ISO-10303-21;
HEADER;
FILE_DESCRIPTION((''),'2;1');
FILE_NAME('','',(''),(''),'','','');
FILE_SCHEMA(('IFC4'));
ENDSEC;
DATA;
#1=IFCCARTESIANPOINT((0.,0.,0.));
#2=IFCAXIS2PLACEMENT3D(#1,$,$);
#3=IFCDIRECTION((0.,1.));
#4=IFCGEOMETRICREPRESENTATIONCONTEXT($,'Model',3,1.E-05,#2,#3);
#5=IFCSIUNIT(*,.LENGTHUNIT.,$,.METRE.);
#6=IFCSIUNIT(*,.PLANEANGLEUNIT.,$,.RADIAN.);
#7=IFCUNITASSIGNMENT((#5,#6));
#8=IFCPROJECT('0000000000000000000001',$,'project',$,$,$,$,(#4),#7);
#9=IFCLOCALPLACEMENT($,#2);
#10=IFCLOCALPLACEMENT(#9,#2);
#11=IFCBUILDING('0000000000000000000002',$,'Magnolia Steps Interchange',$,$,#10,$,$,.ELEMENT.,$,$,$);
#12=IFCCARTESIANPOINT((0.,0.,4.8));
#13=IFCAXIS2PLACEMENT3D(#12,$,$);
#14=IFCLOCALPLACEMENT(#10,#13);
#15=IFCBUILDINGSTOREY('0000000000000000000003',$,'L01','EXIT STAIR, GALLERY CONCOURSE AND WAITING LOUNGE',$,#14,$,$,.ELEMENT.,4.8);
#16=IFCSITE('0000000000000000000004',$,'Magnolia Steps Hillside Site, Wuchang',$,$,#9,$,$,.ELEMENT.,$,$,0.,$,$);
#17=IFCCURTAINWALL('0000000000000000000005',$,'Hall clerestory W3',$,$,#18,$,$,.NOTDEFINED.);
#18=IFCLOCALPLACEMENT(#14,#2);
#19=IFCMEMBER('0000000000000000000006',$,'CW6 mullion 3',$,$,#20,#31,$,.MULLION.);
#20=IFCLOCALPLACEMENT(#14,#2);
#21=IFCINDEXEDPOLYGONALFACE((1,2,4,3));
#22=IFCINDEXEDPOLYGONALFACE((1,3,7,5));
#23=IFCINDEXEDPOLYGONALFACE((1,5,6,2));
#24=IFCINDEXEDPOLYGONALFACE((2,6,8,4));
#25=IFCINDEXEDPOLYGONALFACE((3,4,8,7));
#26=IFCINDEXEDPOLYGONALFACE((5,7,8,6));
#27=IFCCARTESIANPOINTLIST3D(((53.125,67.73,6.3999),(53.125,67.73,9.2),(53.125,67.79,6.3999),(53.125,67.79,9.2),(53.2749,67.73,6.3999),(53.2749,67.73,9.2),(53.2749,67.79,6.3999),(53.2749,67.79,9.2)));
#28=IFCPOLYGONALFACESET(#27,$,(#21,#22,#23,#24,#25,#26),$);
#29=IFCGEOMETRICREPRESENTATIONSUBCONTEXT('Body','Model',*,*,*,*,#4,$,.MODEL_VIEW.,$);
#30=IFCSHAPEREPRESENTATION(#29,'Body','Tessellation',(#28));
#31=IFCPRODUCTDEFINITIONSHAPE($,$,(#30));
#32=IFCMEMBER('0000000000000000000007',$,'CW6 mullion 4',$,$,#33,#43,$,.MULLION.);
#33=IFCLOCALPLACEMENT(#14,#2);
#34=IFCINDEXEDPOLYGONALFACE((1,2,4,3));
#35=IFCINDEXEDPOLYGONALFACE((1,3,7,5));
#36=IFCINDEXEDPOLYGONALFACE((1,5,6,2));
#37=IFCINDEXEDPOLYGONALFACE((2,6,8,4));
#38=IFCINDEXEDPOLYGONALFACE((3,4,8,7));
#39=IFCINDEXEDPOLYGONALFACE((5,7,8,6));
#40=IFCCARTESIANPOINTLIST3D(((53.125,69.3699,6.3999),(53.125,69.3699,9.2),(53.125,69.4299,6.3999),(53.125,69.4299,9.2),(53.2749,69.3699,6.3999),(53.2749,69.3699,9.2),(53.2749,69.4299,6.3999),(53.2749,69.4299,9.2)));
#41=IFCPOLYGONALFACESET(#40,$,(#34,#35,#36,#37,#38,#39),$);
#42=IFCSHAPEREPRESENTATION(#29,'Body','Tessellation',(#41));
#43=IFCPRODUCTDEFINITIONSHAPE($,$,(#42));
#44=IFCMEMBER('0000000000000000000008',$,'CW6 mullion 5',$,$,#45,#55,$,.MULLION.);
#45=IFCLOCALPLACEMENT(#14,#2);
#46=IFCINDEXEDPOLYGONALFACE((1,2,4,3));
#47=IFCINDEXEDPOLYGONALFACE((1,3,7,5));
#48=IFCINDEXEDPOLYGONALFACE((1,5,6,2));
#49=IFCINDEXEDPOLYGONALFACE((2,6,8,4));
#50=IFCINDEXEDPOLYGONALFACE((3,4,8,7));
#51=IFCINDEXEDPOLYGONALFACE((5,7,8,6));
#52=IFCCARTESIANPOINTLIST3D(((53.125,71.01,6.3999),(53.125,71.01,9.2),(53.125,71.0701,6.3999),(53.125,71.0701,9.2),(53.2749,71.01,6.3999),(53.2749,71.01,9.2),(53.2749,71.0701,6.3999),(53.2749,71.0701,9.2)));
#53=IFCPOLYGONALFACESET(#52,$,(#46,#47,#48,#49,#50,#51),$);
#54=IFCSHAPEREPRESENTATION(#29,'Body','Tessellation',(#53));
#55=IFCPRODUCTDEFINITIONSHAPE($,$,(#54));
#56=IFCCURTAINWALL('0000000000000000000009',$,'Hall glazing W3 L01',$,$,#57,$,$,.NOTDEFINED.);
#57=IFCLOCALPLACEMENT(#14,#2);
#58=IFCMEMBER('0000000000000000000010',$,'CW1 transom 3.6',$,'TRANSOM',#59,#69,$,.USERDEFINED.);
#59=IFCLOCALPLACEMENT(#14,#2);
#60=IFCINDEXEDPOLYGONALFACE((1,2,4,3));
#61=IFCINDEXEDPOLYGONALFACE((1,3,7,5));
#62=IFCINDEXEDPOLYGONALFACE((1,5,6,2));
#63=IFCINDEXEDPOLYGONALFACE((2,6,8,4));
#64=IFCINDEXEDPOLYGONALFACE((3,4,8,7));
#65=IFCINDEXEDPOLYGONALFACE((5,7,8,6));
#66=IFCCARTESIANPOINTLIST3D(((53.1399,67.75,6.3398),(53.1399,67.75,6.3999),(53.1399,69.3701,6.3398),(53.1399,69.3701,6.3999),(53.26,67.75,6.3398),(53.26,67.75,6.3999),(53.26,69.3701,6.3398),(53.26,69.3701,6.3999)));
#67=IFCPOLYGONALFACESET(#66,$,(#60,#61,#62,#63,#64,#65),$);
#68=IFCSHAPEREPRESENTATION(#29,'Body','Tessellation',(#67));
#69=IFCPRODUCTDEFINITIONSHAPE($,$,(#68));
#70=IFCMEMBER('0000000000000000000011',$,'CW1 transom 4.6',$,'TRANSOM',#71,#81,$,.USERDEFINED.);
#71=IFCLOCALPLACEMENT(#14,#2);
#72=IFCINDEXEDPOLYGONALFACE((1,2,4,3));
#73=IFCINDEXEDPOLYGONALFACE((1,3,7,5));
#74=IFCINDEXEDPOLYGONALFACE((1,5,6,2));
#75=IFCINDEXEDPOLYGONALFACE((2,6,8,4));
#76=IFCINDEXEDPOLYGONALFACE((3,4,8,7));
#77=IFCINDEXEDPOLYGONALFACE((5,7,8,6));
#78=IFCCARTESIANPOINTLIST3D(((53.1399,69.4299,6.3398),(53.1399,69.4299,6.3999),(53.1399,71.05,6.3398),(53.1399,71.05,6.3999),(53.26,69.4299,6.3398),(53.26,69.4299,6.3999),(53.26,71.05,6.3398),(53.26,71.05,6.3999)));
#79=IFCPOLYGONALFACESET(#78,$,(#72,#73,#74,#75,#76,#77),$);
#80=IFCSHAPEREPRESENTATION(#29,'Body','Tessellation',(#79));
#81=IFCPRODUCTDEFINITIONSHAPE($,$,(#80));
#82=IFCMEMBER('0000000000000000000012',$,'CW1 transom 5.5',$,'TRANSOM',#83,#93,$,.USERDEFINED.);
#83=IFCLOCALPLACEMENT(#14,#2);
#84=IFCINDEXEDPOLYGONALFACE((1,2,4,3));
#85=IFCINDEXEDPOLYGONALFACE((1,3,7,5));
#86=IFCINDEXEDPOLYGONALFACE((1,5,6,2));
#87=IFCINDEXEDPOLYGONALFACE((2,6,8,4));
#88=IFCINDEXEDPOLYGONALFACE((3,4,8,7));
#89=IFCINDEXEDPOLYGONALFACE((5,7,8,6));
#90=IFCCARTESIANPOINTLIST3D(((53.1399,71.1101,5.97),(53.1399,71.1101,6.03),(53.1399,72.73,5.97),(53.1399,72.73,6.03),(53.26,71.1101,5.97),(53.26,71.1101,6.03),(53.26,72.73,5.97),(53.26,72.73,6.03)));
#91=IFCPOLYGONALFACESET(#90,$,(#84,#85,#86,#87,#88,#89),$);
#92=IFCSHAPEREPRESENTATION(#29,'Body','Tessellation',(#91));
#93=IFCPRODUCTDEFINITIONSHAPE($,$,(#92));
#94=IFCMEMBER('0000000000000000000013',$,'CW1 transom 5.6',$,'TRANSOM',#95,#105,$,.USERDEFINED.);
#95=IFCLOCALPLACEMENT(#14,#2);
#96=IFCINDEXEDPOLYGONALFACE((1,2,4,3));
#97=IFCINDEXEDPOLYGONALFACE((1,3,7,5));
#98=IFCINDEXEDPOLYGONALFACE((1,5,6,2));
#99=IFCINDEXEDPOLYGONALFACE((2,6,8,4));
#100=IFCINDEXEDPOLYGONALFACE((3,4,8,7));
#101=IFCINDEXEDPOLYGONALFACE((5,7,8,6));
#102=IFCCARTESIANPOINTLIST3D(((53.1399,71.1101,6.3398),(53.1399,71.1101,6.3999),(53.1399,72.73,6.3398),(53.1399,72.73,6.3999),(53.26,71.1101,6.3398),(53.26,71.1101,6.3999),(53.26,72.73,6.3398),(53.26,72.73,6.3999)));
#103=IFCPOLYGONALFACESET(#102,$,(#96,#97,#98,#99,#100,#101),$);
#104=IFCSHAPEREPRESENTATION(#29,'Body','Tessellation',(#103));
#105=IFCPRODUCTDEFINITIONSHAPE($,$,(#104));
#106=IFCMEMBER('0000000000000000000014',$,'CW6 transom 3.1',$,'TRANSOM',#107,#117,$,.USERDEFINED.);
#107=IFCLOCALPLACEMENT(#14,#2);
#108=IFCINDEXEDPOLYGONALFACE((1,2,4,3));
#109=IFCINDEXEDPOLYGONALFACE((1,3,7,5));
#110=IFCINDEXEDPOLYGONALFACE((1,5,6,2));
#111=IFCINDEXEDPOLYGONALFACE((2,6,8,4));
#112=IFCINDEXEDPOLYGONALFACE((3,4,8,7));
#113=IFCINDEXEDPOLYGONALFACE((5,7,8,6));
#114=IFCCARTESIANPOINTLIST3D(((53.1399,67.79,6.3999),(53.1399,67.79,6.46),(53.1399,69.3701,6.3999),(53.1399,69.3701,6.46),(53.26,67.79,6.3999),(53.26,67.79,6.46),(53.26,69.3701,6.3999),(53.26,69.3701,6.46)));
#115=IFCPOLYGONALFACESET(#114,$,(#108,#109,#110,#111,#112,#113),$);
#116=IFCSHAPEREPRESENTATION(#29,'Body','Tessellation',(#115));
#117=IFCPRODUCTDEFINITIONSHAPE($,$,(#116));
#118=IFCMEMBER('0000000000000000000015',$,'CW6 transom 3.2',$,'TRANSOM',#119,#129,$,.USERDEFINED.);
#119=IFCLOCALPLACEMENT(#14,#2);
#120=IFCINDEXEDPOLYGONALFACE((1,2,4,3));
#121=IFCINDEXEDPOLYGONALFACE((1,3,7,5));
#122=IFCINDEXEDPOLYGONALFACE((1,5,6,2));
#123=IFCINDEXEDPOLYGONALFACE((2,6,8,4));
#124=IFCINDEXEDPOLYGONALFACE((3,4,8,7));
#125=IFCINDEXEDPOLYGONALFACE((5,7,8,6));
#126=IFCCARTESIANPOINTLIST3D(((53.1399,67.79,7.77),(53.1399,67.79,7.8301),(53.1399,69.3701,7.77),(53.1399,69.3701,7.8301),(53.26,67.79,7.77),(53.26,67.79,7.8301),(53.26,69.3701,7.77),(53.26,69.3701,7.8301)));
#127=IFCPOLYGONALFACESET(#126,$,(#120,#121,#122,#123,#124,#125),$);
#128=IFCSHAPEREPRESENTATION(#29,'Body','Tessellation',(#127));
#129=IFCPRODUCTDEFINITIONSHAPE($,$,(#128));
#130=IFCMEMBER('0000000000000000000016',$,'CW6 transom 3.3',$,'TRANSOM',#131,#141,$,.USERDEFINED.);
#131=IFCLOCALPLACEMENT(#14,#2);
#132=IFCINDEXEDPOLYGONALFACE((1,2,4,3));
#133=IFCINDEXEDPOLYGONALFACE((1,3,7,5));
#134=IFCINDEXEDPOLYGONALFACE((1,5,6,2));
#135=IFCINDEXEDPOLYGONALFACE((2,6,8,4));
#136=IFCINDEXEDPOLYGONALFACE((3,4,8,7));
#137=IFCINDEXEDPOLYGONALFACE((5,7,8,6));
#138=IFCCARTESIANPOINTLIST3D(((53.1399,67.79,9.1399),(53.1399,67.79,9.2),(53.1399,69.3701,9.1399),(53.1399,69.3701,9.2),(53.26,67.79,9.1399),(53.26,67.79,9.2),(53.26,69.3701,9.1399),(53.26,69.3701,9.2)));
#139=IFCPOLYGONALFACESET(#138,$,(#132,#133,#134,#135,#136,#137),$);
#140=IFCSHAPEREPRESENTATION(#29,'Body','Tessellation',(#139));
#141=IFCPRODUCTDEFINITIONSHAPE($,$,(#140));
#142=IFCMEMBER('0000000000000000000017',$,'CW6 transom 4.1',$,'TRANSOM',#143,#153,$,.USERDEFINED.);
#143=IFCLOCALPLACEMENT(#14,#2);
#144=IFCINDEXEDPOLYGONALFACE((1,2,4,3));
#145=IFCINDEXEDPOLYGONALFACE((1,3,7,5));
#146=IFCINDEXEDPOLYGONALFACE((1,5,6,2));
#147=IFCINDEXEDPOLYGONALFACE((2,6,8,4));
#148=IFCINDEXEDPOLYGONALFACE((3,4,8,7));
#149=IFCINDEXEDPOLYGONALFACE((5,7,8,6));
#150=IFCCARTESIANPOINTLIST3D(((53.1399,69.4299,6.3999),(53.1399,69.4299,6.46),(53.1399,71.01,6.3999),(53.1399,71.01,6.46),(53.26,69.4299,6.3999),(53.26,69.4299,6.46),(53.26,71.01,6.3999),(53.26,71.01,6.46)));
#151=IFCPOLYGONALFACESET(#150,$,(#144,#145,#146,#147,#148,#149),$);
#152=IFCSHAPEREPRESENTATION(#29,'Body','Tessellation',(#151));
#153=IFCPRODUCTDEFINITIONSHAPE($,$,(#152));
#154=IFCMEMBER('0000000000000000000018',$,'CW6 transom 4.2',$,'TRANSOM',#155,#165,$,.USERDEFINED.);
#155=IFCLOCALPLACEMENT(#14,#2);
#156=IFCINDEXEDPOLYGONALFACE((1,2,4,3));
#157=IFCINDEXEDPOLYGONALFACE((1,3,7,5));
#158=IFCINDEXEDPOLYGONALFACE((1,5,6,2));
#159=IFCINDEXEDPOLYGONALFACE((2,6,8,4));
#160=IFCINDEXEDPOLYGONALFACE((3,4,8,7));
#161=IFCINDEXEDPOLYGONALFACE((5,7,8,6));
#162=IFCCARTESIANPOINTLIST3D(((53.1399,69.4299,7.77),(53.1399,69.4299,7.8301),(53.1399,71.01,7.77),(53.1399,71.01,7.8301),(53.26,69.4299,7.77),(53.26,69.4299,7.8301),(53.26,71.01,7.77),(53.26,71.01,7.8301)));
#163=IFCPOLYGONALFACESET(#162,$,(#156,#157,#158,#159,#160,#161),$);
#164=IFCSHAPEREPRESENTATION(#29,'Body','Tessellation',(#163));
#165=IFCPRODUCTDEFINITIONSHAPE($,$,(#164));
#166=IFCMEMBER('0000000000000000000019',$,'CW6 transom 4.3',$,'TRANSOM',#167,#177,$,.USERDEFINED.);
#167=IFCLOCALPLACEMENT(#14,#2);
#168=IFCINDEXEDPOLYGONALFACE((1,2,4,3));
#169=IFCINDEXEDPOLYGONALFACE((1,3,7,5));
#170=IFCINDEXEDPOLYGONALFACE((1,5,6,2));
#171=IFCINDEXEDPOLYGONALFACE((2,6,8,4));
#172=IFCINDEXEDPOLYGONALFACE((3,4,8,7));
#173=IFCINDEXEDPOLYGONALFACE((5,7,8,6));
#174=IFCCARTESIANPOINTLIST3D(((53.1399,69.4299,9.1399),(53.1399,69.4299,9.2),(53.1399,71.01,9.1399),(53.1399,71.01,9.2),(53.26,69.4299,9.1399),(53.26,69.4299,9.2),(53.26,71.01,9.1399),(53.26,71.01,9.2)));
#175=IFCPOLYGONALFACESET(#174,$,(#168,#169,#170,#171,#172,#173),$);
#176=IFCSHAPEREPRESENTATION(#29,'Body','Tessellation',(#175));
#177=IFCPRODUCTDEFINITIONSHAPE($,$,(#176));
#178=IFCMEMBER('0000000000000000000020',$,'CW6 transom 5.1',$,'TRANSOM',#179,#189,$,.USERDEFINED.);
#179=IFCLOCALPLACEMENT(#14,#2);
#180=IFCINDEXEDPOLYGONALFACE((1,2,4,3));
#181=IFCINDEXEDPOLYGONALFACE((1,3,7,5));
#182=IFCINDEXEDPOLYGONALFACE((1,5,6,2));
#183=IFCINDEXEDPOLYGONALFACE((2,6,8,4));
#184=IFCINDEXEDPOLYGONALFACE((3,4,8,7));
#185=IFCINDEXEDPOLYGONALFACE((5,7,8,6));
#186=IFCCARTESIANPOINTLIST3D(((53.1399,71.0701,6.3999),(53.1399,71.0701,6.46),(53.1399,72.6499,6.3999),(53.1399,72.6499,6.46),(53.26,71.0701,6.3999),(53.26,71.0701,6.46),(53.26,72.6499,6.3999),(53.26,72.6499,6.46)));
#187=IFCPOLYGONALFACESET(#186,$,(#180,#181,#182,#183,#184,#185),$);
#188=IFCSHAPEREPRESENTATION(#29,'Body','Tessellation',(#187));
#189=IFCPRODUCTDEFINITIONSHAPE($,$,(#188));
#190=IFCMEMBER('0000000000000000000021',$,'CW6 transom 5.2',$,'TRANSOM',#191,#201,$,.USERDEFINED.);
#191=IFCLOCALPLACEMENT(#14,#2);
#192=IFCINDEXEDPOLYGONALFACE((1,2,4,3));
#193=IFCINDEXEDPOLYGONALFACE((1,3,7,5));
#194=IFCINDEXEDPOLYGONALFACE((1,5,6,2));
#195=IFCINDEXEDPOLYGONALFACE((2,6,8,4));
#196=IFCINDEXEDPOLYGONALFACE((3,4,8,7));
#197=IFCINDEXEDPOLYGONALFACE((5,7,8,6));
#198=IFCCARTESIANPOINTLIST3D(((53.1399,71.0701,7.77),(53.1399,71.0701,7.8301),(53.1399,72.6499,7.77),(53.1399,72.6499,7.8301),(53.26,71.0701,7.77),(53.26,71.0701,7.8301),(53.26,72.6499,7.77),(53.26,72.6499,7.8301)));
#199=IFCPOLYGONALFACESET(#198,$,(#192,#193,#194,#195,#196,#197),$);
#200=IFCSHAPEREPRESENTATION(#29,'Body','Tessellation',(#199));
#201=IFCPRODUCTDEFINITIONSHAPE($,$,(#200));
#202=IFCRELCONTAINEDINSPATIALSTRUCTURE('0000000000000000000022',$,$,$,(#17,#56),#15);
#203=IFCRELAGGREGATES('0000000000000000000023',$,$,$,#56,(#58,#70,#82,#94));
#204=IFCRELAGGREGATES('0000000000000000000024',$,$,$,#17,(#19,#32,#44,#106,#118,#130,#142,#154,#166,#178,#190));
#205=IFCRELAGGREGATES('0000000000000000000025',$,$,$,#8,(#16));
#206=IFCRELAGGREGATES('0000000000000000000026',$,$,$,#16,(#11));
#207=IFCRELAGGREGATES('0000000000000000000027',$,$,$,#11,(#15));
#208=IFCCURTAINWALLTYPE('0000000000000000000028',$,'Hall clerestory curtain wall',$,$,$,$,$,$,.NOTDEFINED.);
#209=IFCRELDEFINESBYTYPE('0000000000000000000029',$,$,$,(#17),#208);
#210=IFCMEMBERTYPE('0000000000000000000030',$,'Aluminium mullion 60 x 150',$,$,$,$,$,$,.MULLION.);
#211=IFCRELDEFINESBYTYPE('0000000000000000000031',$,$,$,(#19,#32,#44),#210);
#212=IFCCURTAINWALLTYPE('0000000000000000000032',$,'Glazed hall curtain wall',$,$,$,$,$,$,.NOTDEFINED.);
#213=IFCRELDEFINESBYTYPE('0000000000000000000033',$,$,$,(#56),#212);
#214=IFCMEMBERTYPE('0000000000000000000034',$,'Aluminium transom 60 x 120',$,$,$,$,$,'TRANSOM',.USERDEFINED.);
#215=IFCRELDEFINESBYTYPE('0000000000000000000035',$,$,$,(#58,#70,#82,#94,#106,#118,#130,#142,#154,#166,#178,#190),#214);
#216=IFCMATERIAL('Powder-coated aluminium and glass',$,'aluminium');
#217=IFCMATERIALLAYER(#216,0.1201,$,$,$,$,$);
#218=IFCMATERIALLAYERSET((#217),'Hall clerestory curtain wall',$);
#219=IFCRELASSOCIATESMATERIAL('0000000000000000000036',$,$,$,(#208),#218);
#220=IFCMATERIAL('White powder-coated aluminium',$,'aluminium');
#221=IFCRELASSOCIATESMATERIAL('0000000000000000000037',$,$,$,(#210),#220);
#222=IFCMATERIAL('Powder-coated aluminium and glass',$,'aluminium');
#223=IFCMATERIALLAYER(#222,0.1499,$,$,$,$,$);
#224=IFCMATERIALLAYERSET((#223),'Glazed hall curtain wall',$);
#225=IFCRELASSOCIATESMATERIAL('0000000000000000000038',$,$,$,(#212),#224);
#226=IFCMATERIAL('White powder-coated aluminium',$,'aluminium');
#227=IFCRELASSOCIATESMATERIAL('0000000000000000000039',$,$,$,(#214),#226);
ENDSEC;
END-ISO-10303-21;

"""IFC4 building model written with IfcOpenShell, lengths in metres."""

from ifc_helpers import new_model, si_unit, direction, frame, origin, origin_2d, place, context, subcontext, project, spatial, rectangle, extrude, material, layer, layer_set, material_profile, profile_set, type_object, element, aggregate, save


model = new_model("IFC4")

# Units and contexts
model_context = context("Model", 3, precision=1e-05, world=origin(), true_north=direction((0.0, 1.0)))
body_context = subcontext(model_context, "Body", "Model", "MODEL_VIEW")
ifc_project = project(units=[si_unit("LENGTHUNIT", "METRE"), si_unit("PLANEANGLEUNIT", "RADIAN")], contexts=[model_context])

# Site, building, storey
site_placement = place(None, origin())
site = spatial("IfcSite", under=ifc_project, at=site_placement, Name="Magnolia Steps Hillside Site, Wuchang", CompositionType="ELEMENT", RefElevation=0.0)
building_placement = place(site_placement, origin())
building = spatial("IfcBuilding", under=site, at=building_placement, Name="Magnolia Steps Interchange", CompositionType="ELEMENT")
storey_placement = place(building_placement, frame((0.0, 0.0, 4.8)))
storey = spatial("IfcBuildingStorey", under=building, at=storey_placement, Name="L01", Description="EXIT STAIR, GALLERY CONCOURSE AND WAITING LOUNGE", CompositionType="ELEMENT", Elevation=4.8)

# Curtain walls, members
ifc_material_1 = material(Name="Powder-coated aluminium and glass", Category="aluminium")
ifc_layer_1 = layer(ifc_material_1, 0.1201)
ifc_layer_set_1 = layer_set([ifc_layer_1], Name="Hall clerestory curtain wall")
curtain_wall_type_1 = type_object("IfcCurtainWallType", Name="Hall clerestory curtain wall", PredefinedType="NOTDEFINED", material=ifc_layer_set_1)
curtain_wall_1_placement = place(storey_placement, origin())
curtain_wall_1 = element("IfcCurtainWall", 1, at=curtain_wall_1_placement, inside=storey, type_object=curtain_wall_type_1, Name="Hall clerestory W3", PredefinedType="NOTDEFINED")
ifc_material_2 = material(Name="White powder-coated aluminium", Category="aluminium")
ifc_material_profile_1 = material_profile(ifc_material_2, rectangle(XDim=0.0601, YDim=0.1499, at=origin_2d()), Name="Aluminium mullion 60 x 150")
ifc_profile_set_1 = profile_set([ifc_material_profile_1], Name="White powder-coated aluminium")
member_type_1 = type_object("IfcMemberType", Name="Aluminium mullion 60 x 150", PredefinedType="MULLION", material=ifc_profile_set_1)
member_1_placement = place(storey_placement, frame((53.2, 67.76, 6.3999), z_axis=(0.0, 0.0, 1.0), x_axis=(0.0, 1.0, 0.0)))
member_1 = element("IfcMember", 2, at=member_1_placement, type_object=member_type_1, Name="CW6 mullion 3", PredefinedType="MULLION", context=body_context, shape_type="SweptSolid", body=[
    extrude(rectangle(XDim=0.0601, YDim=0.1499, at=origin_2d()), origin(), (0.0, 0.0, 1.0), 2.8),
])
member_2_placement = place(storey_placement, frame((53.2, 69.3999, 6.3999), z_axis=(0.0, 0.0, 1.0), x_axis=(0.0, 1.0, 0.0)))
member_2 = element("IfcMember", 3, at=member_2_placement, type_object=member_type_1, Name="CW6 mullion 4", PredefinedType="MULLION", context=body_context, shape_type="SweptSolid", body=[
    extrude(rectangle(XDim=0.0601, YDim=0.1499, at=origin_2d()), origin(), (0.0, 0.0, 1.0), 2.8),
])
member_3_placement = place(storey_placement, frame((53.2, 71.04, 6.3999), z_axis=(0.0, 0.0, 1.0), x_axis=(0.0, 1.0, 0.0)))
member_3 = element("IfcMember", 4, at=member_3_placement, type_object=member_type_1, Name="CW6 mullion 5", PredefinedType="MULLION", context=body_context, shape_type="SweptSolid", body=[
    extrude(rectangle(XDim=0.0601, YDim=0.1499, at=origin_2d()), origin(), (0.0, 0.0, 1.0), 2.8),
])
ifc_material_3 = material(Name="Powder-coated aluminium and glass", Category="aluminium")
ifc_layer_2 = layer(ifc_material_3, 0.1499)
ifc_layer_set_2 = layer_set([ifc_layer_2], Name="Glazed hall curtain wall")
curtain_wall_type_2 = type_object("IfcCurtainWallType", Name="Glazed hall curtain wall", PredefinedType="NOTDEFINED", material=ifc_layer_set_2)
curtain_wall_2_placement = place(storey_placement, origin())
curtain_wall_2 = element("IfcCurtainWall", 5, at=curtain_wall_2_placement, inside=storey, type_object=curtain_wall_type_2, Name="Hall glazing W3 L01", PredefinedType="NOTDEFINED")
ifc_material_4 = material(Name="White powder-coated aluminium", Category="aluminium")
ifc_material_profile_2 = material_profile(ifc_material_4, rectangle(XDim=0.0601, YDim=0.1201, at=origin_2d()), Name="Aluminium transom 60 x 120")
ifc_profile_set_2 = profile_set([ifc_material_profile_2], Name="White powder-coated aluminium")
member_type_2 = type_object("IfcMemberType", Name="Aluminium transom 60 x 120", ElementType="TRANSOM", PredefinedType="USERDEFINED", material=ifc_profile_set_2)
member_4_placement = place(storey_placement, frame((53.2, 67.75, 6.3699), z_axis=(0.0, 1.0, 0.0), x_axis=(0.0, 0.0, 1.0)))
member_4 = element("IfcMember", 6, at=member_4_placement, type_object=member_type_2, Name="CW1 transom 3.6", ObjectType="TRANSOM", PredefinedType="USERDEFINED", context=body_context, shape_type="SweptSolid", body=[
    extrude(rectangle(XDim=0.0601, YDim=0.1201, at=origin_2d()), origin(), (0.0, 0.0, 1.0), 1.6201),
])
member_5_placement = place(storey_placement, frame((53.2, 69.4299, 6.3699), z_axis=(0.0, 1.0, 0.0), x_axis=(0.0, 0.0, 1.0)))
member_5 = element("IfcMember", 7, at=member_5_placement, type_object=member_type_2, Name="CW1 transom 4.6", ObjectType="TRANSOM", PredefinedType="USERDEFINED", context=body_context, shape_type="SweptSolid", body=[
    extrude(rectangle(XDim=0.0601, YDim=0.1201, at=origin_2d()), origin(), (0.0, 0.0, 1.0), 1.6201),
])
member_6_placement = place(storey_placement, frame((53.2, 71.1101, 6.0), z_axis=(0.0, 1.0, 0.0), x_axis=(0.0, 0.0, 1.0)))
member_6 = element("IfcMember", 8, at=member_6_placement, type_object=member_type_2, Name="CW1 transom 5.5", ObjectType="TRANSOM", PredefinedType="USERDEFINED", context=body_context, shape_type="SweptSolid", body=[
    extrude(rectangle(XDim=0.0601, YDim=0.1201, at=origin_2d()), origin(), (0.0, 0.0, 1.0), 1.6199),
])
member_7_placement = place(storey_placement, frame((53.2, 71.1101, 6.3699), z_axis=(0.0, 1.0, 0.0), x_axis=(0.0, 0.0, 1.0)))
member_7 = element("IfcMember", 9, at=member_7_placement, type_object=member_type_2, Name="CW1 transom 5.6", ObjectType="TRANSOM", PredefinedType="USERDEFINED", context=body_context, shape_type="SweptSolid", body=[
    extrude(rectangle(XDim=0.0601, YDim=0.1201, at=origin_2d()), origin(), (0.0, 0.0, 1.0), 1.6199),
])

# Members
member_8_placement = place(storey_placement, frame((53.2, 67.79, 6.4299), z_axis=(0.0, 1.0, 0.0), x_axis=(0.0, 0.0, 1.0)))
member_8 = element("IfcMember", 10, at=member_8_placement, type_object=member_type_2, Name="CW6 transom 3.1", ObjectType="TRANSOM", PredefinedType="USERDEFINED", context=body_context, shape_type="SweptSolid", body=[
    extrude(rectangle(XDim=0.0601, YDim=0.1201, at=origin_2d()), origin(), (0.0, 0.0, 1.0), 1.5801),
])
member_9_placement = place(storey_placement, frame((53.2, 67.79, 7.8), z_axis=(0.0, 1.0, 0.0), x_axis=(0.0, 0.0, 1.0)))
member_9 = element("IfcMember", 11, at=member_9_placement, type_object=member_type_2, Name="CW6 transom 3.2", ObjectType="TRANSOM", PredefinedType="USERDEFINED", context=body_context, shape_type="SweptSolid", body=[
    extrude(rectangle(XDim=0.0601, YDim=0.1201, at=origin_2d()), origin(), (0.0, 0.0, 1.0), 1.5801),
])
member_10_placement = place(storey_placement, frame((53.2, 67.79, 9.1699), z_axis=(0.0, 1.0, 0.0), x_axis=(0.0, 0.0, 1.0)))
member_10 = element("IfcMember", 12, at=member_10_placement, type_object=member_type_2, Name="CW6 transom 3.3", ObjectType="TRANSOM", PredefinedType="USERDEFINED", context=body_context, shape_type="SweptSolid", body=[
    extrude(rectangle(XDim=0.0601, YDim=0.1201, at=origin_2d()), origin(), (0.0, 0.0, 1.0), 1.5801),
])
member_11_placement = place(storey_placement, frame((53.2, 69.4299, 6.4299), z_axis=(0.0, 1.0, 0.0), x_axis=(0.0, 0.0, 1.0)))
member_11 = element("IfcMember", 13, at=member_11_placement, type_object=member_type_2, Name="CW6 transom 4.1", ObjectType="TRANSOM", PredefinedType="USERDEFINED", context=body_context, shape_type="SweptSolid", body=[
    extrude(rectangle(XDim=0.0601, YDim=0.1201, at=origin_2d()), origin(), (0.0, 0.0, 1.0), 1.5801),
])
member_12_placement = place(storey_placement, frame((53.2, 69.4299, 7.8), z_axis=(0.0, 1.0, 0.0), x_axis=(0.0, 0.0, 1.0)))
member_12 = element("IfcMember", 14, at=member_12_placement, type_object=member_type_2, Name="CW6 transom 4.2", ObjectType="TRANSOM", PredefinedType="USERDEFINED", context=body_context, shape_type="SweptSolid", body=[
    extrude(rectangle(XDim=0.0601, YDim=0.1201, at=origin_2d()), origin(), (0.0, 0.0, 1.0), 1.5801),
])
member_13_placement = place(storey_placement, frame((53.2, 69.4299, 9.1699), z_axis=(0.0, 1.0, 0.0), x_axis=(0.0, 0.0, 1.0)))
member_13 = element("IfcMember", 15, at=member_13_placement, type_object=member_type_2, Name="CW6 transom 4.3", ObjectType="TRANSOM", PredefinedType="USERDEFINED", context=body_context, shape_type="SweptSolid", body=[
    extrude(rectangle(XDim=0.0601, YDim=0.1201, at=origin_2d()), origin(), (0.0, 0.0, 1.0), 1.5801),
])
member_14_placement = place(storey_placement, frame((53.2, 71.0701, 6.4299), z_axis=(0.0, 1.0, 0.0), x_axis=(0.0, 0.0, 1.0)))
member_14 = element("IfcMember", 16, at=member_14_placement, type_object=member_type_2, Name="CW6 transom 5.1", ObjectType="TRANSOM", PredefinedType="USERDEFINED", context=body_context, shape_type="SweptSolid", body=[
    extrude(rectangle(XDim=0.0601, YDim=0.1201, at=origin_2d()), origin(), (0.0, 0.0, 1.0), 1.5798),
])
member_15_placement = place(storey_placement, frame((53.2, 71.0701, 7.8), z_axis=(0.0, 1.0, 0.0), x_axis=(0.0, 0.0, 1.0)))
member_15 = element("IfcMember", 17, at=member_15_placement, type_object=member_type_2, Name="CW6 transom 5.2", ObjectType="TRANSOM", PredefinedType="USERDEFINED", context=body_context, shape_type="SweptSolid", body=[
    extrude(rectangle(XDim=0.0601, YDim=0.1201, at=origin_2d()), origin(), (0.0, 0.0, 1.0), 1.5798),
])

aggregate(curtain_wall_2, [member_4, member_5, member_6, member_7])
aggregate(curtain_wall_1, [member_1, member_2, member_3, member_8, member_9, member_10, member_11, member_12, member_13, member_14, member_15])

save(model, "model.ifc")
